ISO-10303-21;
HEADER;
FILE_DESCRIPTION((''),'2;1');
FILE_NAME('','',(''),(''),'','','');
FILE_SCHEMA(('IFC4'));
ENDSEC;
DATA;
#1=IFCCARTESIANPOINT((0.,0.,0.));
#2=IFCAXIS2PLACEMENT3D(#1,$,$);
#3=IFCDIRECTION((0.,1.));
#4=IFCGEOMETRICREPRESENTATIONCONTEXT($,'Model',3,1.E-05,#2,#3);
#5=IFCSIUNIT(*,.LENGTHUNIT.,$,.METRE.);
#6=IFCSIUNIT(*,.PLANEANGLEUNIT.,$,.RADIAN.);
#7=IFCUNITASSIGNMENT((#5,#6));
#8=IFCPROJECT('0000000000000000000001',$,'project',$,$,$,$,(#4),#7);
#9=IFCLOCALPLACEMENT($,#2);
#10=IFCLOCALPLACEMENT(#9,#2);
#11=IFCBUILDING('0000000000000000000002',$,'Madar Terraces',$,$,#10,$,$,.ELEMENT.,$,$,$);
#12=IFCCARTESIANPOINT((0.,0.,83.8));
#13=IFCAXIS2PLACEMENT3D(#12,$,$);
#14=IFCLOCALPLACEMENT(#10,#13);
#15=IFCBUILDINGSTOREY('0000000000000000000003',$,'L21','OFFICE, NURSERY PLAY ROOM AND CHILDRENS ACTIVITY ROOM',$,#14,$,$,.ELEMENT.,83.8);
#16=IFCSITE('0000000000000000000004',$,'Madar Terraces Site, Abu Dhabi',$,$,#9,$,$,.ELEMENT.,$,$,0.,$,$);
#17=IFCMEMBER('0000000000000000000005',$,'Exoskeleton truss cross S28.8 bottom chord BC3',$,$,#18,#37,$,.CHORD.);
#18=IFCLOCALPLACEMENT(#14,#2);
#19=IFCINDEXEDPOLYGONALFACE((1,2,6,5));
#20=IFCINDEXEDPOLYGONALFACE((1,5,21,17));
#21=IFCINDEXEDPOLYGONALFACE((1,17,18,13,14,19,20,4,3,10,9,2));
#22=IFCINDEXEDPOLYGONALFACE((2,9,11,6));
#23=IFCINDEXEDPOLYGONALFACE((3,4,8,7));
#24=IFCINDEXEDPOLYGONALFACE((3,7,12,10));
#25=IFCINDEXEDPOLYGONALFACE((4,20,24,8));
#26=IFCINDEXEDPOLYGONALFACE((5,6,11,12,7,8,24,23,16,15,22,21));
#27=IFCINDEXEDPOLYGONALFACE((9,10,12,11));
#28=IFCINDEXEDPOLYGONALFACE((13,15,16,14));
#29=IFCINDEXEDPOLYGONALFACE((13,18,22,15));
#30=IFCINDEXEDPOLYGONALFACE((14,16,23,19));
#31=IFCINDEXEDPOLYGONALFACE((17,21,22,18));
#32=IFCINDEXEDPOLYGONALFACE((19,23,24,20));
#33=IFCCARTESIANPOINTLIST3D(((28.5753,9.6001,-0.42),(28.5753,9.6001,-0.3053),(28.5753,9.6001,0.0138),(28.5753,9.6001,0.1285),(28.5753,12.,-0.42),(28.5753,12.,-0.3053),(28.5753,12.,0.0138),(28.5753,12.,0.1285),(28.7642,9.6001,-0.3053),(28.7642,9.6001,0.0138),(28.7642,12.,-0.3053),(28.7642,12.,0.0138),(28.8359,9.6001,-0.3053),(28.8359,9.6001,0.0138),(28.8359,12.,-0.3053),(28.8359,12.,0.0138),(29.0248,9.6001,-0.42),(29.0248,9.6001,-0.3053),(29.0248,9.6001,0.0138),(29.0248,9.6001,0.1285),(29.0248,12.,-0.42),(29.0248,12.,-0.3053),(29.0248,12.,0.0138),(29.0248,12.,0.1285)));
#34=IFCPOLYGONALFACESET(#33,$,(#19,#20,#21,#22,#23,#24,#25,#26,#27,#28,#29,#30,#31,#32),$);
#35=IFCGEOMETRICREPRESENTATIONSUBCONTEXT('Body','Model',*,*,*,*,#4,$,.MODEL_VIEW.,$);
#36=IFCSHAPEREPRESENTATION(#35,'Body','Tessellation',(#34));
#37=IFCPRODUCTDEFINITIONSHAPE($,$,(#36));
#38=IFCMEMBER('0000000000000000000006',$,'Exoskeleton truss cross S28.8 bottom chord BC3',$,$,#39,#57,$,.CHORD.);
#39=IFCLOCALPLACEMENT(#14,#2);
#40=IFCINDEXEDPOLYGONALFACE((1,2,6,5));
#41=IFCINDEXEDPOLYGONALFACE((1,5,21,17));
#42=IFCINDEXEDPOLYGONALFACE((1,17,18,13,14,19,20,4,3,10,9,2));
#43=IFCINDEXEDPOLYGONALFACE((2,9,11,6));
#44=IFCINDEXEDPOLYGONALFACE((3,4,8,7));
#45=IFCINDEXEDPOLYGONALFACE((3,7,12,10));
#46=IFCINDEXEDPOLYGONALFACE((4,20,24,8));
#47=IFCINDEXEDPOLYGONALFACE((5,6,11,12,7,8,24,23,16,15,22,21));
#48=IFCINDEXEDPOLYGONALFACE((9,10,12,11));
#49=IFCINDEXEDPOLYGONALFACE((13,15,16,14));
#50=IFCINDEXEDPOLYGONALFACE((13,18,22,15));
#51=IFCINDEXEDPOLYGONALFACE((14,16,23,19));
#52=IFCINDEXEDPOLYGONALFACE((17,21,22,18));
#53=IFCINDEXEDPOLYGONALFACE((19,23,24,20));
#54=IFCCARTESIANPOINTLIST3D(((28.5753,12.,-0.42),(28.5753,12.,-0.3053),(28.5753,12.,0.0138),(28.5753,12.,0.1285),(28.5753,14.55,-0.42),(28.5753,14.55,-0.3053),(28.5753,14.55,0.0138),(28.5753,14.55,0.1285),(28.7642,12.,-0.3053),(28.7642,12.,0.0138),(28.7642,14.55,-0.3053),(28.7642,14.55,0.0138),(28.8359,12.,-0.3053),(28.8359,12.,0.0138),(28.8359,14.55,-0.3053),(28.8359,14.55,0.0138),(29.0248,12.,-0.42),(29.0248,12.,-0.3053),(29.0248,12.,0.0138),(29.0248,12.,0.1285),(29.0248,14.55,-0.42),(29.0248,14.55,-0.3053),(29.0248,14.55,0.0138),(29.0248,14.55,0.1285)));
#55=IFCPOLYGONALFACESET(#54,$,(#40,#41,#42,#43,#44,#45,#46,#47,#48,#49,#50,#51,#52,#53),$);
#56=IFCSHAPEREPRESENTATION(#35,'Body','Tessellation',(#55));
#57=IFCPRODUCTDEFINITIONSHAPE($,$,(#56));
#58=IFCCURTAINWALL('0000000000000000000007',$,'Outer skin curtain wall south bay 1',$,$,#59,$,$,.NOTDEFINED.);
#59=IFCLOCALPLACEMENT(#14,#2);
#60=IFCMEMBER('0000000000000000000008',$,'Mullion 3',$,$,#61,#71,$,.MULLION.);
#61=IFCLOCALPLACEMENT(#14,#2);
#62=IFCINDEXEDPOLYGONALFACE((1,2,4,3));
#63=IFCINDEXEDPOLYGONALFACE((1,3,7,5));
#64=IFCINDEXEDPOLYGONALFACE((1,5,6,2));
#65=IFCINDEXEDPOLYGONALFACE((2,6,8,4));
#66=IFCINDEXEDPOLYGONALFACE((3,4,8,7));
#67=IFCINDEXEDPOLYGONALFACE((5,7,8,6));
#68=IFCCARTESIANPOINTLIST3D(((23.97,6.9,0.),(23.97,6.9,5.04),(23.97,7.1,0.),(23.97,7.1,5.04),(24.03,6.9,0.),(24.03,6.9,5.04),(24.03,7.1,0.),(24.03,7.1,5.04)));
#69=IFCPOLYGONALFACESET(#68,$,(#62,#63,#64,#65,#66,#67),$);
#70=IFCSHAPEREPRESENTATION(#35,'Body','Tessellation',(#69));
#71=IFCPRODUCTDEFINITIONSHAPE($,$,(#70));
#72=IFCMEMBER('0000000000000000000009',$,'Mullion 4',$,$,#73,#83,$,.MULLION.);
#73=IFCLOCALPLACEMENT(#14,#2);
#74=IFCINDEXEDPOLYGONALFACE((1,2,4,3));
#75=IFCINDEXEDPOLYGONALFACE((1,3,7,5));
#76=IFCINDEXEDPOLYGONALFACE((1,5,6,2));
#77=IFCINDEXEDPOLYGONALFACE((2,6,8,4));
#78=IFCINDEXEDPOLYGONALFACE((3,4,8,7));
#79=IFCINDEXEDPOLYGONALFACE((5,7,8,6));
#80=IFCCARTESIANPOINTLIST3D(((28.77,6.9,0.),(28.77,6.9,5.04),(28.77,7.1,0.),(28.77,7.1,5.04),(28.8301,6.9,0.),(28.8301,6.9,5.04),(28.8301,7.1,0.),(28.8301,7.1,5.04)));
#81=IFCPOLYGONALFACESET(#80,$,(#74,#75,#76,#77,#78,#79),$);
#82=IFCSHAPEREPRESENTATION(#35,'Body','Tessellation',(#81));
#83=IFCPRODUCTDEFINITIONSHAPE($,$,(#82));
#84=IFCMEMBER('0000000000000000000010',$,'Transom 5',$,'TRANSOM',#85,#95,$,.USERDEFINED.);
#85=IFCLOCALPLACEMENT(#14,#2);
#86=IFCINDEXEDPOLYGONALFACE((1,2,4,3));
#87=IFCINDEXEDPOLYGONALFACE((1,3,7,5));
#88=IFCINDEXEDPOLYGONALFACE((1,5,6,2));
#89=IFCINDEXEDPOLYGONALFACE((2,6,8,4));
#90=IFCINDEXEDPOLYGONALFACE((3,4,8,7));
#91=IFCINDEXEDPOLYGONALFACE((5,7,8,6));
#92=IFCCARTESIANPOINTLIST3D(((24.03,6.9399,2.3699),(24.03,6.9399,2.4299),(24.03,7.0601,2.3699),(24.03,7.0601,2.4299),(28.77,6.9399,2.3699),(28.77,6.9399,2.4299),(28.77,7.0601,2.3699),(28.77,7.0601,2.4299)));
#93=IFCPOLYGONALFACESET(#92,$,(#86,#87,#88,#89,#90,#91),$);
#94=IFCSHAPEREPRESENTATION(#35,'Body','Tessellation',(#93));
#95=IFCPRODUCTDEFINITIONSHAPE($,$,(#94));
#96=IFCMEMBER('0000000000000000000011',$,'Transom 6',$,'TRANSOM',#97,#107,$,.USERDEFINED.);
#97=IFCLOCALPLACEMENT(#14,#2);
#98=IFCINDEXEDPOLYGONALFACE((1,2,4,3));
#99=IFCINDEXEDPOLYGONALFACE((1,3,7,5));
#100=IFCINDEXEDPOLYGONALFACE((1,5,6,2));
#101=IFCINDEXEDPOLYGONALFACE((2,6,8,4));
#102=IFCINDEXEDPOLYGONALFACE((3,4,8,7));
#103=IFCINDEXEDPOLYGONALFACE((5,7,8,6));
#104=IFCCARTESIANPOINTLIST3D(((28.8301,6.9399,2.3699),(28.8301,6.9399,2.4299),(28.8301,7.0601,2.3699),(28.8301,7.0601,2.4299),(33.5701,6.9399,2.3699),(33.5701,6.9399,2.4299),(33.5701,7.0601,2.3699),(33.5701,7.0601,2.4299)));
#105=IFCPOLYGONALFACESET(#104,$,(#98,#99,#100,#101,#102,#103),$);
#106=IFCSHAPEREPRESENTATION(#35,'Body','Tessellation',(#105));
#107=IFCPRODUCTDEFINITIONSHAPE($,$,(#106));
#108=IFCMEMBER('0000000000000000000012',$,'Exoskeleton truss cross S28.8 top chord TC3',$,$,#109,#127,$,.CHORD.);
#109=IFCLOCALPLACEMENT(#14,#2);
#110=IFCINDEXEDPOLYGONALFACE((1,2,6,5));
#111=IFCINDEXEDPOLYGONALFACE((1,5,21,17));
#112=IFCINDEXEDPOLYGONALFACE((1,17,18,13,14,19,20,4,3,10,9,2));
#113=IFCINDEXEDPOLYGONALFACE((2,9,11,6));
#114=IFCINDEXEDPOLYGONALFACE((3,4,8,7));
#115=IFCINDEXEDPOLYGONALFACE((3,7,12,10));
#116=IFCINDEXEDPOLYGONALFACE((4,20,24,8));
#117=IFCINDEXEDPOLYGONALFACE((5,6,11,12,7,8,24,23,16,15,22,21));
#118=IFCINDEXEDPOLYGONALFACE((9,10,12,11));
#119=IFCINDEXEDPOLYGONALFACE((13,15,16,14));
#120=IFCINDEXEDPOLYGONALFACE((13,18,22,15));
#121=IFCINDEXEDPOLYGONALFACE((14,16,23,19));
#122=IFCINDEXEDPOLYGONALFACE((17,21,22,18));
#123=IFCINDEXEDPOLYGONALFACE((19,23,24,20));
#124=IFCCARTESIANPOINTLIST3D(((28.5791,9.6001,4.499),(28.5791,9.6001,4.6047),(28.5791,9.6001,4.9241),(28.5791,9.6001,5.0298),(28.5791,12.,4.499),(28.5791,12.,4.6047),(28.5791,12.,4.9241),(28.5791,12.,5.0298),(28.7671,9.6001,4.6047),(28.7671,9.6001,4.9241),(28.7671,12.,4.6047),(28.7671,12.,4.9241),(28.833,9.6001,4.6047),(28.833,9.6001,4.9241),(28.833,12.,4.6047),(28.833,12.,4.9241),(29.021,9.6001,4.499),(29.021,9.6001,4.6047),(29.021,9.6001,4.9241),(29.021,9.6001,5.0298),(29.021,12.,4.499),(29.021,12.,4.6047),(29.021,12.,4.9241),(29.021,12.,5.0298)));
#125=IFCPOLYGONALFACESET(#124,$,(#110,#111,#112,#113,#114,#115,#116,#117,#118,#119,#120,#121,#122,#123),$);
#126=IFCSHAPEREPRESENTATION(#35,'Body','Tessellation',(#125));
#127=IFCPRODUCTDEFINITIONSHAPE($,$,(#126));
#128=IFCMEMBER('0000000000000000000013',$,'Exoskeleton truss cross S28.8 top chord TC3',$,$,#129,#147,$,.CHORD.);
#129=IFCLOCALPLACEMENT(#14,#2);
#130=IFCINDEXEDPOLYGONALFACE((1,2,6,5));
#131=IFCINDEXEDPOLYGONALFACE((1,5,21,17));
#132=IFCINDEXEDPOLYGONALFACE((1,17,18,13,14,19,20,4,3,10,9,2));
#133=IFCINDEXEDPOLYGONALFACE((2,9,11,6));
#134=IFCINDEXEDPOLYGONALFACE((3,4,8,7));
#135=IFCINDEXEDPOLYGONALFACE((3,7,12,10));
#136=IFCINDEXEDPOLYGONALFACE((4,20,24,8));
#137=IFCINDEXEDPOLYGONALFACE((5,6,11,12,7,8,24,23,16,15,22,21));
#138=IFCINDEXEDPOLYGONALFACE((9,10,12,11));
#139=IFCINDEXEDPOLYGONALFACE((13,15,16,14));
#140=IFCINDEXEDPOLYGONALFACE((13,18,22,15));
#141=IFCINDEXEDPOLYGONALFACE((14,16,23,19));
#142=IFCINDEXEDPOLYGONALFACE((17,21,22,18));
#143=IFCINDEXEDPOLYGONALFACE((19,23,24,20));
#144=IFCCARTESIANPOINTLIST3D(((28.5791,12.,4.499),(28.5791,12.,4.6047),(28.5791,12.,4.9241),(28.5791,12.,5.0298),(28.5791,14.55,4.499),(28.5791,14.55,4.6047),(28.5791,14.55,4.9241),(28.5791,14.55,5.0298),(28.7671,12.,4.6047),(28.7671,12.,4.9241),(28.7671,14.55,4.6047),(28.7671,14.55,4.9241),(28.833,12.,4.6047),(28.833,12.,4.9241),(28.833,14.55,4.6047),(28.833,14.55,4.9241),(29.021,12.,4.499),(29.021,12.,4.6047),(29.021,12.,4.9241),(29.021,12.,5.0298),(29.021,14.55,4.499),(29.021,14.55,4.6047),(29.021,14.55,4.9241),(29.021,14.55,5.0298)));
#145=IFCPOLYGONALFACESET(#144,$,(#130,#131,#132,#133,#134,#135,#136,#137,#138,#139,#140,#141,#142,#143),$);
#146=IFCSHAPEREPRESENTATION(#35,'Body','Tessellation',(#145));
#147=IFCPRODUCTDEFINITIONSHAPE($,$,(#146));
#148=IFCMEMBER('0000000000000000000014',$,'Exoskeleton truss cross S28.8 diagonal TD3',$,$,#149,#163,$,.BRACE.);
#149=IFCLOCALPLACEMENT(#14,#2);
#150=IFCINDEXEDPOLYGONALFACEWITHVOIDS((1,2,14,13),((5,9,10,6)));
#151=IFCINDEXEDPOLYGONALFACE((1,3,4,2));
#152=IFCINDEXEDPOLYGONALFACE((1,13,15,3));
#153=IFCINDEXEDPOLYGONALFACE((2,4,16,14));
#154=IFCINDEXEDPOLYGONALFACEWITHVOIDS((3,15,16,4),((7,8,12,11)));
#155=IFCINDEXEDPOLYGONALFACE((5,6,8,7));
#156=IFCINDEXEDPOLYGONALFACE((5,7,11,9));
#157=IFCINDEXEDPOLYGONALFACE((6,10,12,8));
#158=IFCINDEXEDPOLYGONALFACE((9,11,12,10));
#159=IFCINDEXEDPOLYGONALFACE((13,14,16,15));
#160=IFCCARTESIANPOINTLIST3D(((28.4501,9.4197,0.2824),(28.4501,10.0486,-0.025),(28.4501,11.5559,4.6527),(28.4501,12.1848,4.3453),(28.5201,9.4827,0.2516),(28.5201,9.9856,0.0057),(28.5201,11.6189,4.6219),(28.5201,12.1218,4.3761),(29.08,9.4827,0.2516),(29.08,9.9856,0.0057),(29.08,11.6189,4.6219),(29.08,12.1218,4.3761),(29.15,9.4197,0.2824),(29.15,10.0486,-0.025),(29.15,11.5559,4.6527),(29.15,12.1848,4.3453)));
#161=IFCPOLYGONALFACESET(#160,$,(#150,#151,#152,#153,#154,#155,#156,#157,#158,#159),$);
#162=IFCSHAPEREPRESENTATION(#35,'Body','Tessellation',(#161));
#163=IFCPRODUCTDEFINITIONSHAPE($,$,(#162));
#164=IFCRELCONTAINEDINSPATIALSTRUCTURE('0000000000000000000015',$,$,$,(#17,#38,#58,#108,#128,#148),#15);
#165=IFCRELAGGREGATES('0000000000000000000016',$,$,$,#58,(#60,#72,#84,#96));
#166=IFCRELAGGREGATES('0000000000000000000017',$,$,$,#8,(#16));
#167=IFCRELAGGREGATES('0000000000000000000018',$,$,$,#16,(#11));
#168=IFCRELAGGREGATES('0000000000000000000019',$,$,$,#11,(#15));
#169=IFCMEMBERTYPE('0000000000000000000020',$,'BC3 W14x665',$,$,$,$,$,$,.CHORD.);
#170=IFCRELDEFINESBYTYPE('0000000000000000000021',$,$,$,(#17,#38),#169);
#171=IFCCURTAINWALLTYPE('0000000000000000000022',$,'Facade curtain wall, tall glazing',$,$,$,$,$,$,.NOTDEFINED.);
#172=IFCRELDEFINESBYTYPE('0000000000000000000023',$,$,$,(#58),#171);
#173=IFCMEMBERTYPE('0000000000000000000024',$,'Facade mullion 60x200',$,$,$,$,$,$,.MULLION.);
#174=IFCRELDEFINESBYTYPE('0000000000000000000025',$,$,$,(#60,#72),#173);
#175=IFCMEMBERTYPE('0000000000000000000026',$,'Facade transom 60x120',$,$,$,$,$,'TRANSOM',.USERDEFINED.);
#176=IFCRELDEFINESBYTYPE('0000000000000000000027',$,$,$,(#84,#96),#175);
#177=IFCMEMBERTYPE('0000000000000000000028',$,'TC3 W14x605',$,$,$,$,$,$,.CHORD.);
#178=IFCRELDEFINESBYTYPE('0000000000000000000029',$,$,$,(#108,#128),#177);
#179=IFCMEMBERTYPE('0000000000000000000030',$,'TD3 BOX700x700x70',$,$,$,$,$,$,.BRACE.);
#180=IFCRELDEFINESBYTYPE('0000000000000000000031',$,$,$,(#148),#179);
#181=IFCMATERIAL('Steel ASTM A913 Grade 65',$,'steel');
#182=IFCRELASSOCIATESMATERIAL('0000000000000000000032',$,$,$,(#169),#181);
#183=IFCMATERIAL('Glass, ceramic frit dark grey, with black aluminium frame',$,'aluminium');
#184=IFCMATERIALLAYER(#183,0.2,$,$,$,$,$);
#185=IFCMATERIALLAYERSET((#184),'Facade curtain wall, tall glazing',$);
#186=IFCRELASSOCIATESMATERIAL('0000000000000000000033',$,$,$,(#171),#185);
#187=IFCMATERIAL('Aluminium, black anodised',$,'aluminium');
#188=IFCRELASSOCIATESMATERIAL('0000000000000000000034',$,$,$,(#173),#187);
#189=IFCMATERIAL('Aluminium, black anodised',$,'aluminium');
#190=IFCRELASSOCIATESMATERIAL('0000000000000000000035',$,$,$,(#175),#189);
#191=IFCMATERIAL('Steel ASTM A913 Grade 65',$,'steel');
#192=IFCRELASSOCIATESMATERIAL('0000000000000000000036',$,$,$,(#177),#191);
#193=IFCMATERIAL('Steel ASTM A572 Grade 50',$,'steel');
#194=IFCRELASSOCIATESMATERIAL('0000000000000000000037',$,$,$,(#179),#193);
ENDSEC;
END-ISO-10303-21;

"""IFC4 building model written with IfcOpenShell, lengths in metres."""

from ifc_helpers import new_model, si_unit, direction, frame, origin, origin_2d, place, context, subcontext, project, spatial, rectangle, hollow_rectangle, i_section, extrude, material, layer, layer_set, material_profile, profile_set, type_object, element, aggregate, save


model = new_model("IFC4")

# Units and contexts
model_context = context("Model", 3, precision=1e-05, world=origin(), true_north=direction((0.0, 1.0)))
body_context = subcontext(model_context, "Body", "Model", "MODEL_VIEW")
ifc_project = project(units=[si_unit("LENGTHUNIT", "METRE"), si_unit("PLANEANGLEUNIT", "RADIAN")], contexts=[model_context])

# Site, building, storey
site_placement = place(None, origin())
site = spatial("IfcSite", under=ifc_project, at=site_placement, Name="Madar Terraces Site, Abu Dhabi", CompositionType="ELEMENT", RefElevation=0.0)
building_placement = place(site_placement, origin())
building = spatial("IfcBuilding", under=site, at=building_placement, Name="Madar Terraces", CompositionType="ELEMENT")
storey_placement = place(building_placement, frame((0.0, 0.0, 83.8)))
storey = spatial("IfcBuildingStorey", under=building, at=storey_placement, Name="L21", Description="OFFICE, NURSERY PLAY ROOM AND CHILDRENS ACTIVITY ROOM", CompositionType="ELEMENT", Elevation=83.8)

# Members
ifc_material_1 = material(Name="Steel ASTM A913 Grade 65", Category="steel")
ifc_material_profile_1 = material_profile(ifc_material_1, i_section(OverallWidth=0.4495, OverallDepth=0.5486, WebThickness=0.0718, FlangeThickness=0.1147, at=origin_2d()), Name="W14x665")
ifc_profile_set_1 = profile_set([ifc_material_profile_1], Name="Steel ASTM A913 Grade 65")
member_type_1 = type_object("IfcMemberType", Name="BC3 W14x665", PredefinedType="CHORD", material=ifc_profile_set_1)
member_1_placement = place(storey_placement, frame((28.8, 9.6001, -0.1458), z_axis=(0.0, 1.0, 0.0), x_axis=(-1.0, 0.0, 0.0)))
element("IfcMember", 1, at=member_1_placement, inside=storey, type_object=member_type_1, Name="Exoskeleton truss cross S28.8 bottom chord BC3", PredefinedType="CHORD", context=body_context, shape_type="SweptSolid", body=[
    extrude(i_section(OverallWidth=0.4495, OverallDepth=0.5486, WebThickness=0.0718, FlangeThickness=0.1147, at=origin_2d()), origin(), (0.0, 0.0, 1.0), 2.3999),
])
member_2_placement = place(storey_placement, frame((28.8, 12.0, -0.1458), z_axis=(0.0, 1.0, 0.0), x_axis=(-1.0, 0.0, 0.0)))
element("IfcMember", 2, at=member_2_placement, inside=storey, type_object=member_type_1, Name="Exoskeleton truss cross S28.8 bottom chord BC3", PredefinedType="CHORD", context=body_context, shape_type="SweptSolid", body=[
    extrude(i_section(OverallWidth=0.4495, OverallDepth=0.5486, WebThickness=0.0718, FlangeThickness=0.1147, at=origin_2d()), origin(), (0.0, 0.0, 1.0), 2.55),
])

# Curtain wall, members
ifc_material_2 = material(Name="Glass, ceramic frit dark grey, with black aluminium frame", Category="aluminium")
ifc_layer_1 = layer(ifc_material_2, 0.2)
ifc_layer_set_1 = layer_set([ifc_layer_1], Name="Facade curtain wall, tall glazing")
curtain_wall_type = type_object("IfcCurtainWallType", Name="Facade curtain wall, tall glazing", PredefinedType="NOTDEFINED", material=ifc_layer_set_1)
curtain_wall_placement = place(storey_placement, origin())
curtain_wall = element("IfcCurtainWall", 3, at=curtain_wall_placement, inside=storey, type_object=curtain_wall_type, Name="Outer skin curtain wall south bay 1", PredefinedType="NOTDEFINED")
ifc_material_3 = material(Name="Aluminium, black anodised", Category="aluminium")
ifc_material_profile_2 = material_profile(ifc_material_3, rectangle(XDim=0.2, YDim=0.0601, at=origin_2d()), Name="Facade mullion 60x200")
ifc_profile_set_2 = profile_set([ifc_material_profile_2], Name="Aluminium, black anodised")
member_type_2 = type_object("IfcMemberType", Name="Facade mullion 60x200", PredefinedType="MULLION", material=ifc_profile_set_2)
member_3_placement = place(storey_placement, frame((24.0, 7.0, 0.0), z_axis=(0.0, 0.0, 1.0), x_axis=(0.0, 1.0, 0.0)))
member_3 = element("IfcMember", 4, at=member_3_placement, type_object=member_type_2, Name="Mullion 3", PredefinedType="MULLION", context=body_context, shape_type="SweptSolid", body=[
    extrude(rectangle(XDim=0.2, YDim=0.0601, at=origin_2d()), origin(), (0.0, 0.0, 1.0), 5.04),
])
member_4_placement = place(storey_placement, frame((28.8, 7.0, 0.0), z_axis=(0.0, 0.0, 1.0), x_axis=(0.0, 1.0, 0.0)))
member_4 = element("IfcMember", 5, at=member_4_placement, type_object=member_type_2, Name="Mullion 4", PredefinedType="MULLION", context=body_context, shape_type="SweptSolid", body=[
    extrude(rectangle(XDim=0.2, YDim=0.0601, at=origin_2d()), origin(), (0.0, 0.0, 1.0), 5.04),
])
ifc_material_4 = material(Name="Aluminium, black anodised", Category="aluminium")
ifc_material_profile_3 = material_profile(ifc_material_4, rectangle(XDim=0.1201, YDim=0.0601, at=origin_2d()), Name="Facade transom 60x120")
ifc_profile_set_3 = profile_set([ifc_material_profile_3], Name="Aluminium, black anodised")
member_type_3 = type_object("IfcMemberType", Name="Facade transom 60x120", ElementType="TRANSOM", PredefinedType="USERDEFINED", material=ifc_profile_set_3)
member_5_placement = place(storey_placement, frame((24.03, 7.0, 2.3999), z_axis=(1.0, 0.0, 0.0), x_axis=(0.0, 1.0, 0.0)))
member_5 = element("IfcMember", 6, at=member_5_placement, type_object=member_type_3, Name="Transom 5", ObjectType="TRANSOM", PredefinedType="USERDEFINED", context=body_context, shape_type="SweptSolid", body=[
    extrude(rectangle(XDim=0.1201, YDim=0.0601, at=origin_2d()), origin(), (0.0, 0.0, 1.0), 4.74),
])
member_6_placement = place(storey_placement, frame((28.8301, 7.0, 2.3999), z_axis=(1.0, 0.0, 0.0), x_axis=(0.0, 1.0, 0.0)))
member_6 = element("IfcMember", 7, at=member_6_placement, type_object=member_type_3, Name="Transom 6", ObjectType="TRANSOM", PredefinedType="USERDEFINED", context=body_context, shape_type="SweptSolid", body=[
    extrude(rectangle(XDim=0.1201, YDim=0.0601, at=origin_2d()), origin(), (0.0, 0.0, 1.0), 4.74),
])

# Members
ifc_material_5 = material(Name="Steel ASTM A913 Grade 65", Category="steel")
ifc_material_profile_4 = material_profile(ifc_material_5, i_section(OverallWidth=0.4419, OverallDepth=0.5308, WebThickness=0.0659, FlangeThickness=0.1057, at=origin_2d()), Name="W14x605")
ifc_profile_set_4 = profile_set([ifc_material_profile_4], Name="Steel ASTM A913 Grade 65")
member_type_4 = type_object("IfcMemberType", Name="TC3 W14x605", PredefinedType="CHORD", material=ifc_profile_set_4)
member_7_placement = place(storey_placement, frame((28.8, 9.6001, 4.7644), z_axis=(0.0, 1.0, 0.0), x_axis=(-1.0, 0.0, 0.0)))
element("IfcMember", 8, at=member_7_placement, inside=storey, type_object=member_type_4, Name="Exoskeleton truss cross S28.8 top chord TC3", PredefinedType="CHORD", context=body_context, shape_type="SweptSolid", body=[
    extrude(i_section(OverallWidth=0.4419, OverallDepth=0.5308, WebThickness=0.0659, FlangeThickness=0.1057, at=origin_2d()), origin(), (0.0, 0.0, 1.0), 2.3999),
])
member_8_placement = place(storey_placement, frame((28.8, 12.0, 4.7644), z_axis=(0.0, 1.0, 0.0), x_axis=(-1.0, 0.0, 0.0)))
element("IfcMember", 9, at=member_8_placement, inside=storey, type_object=member_type_4, Name="Exoskeleton truss cross S28.8 top chord TC3", PredefinedType="CHORD", context=body_context, shape_type="SweptSolid", body=[
    extrude(i_section(OverallWidth=0.4419, OverallDepth=0.5308, WebThickness=0.0659, FlangeThickness=0.1057, at=origin_2d()), origin(), (0.0, 0.0, 1.0), 2.55),
])
ifc_material_6 = material(Name="Steel ASTM A572 Grade 50", Category="steel")
ifc_material_profile_5 = material_profile(ifc_material_6, hollow_rectangle(XDim=0.7, YDim=0.7, WallThickness=0.0701, at=origin_2d()), Name="BOX700x700x70")
ifc_profile_set_5 = profile_set([ifc_material_profile_5], Name="Steel ASTM A572 Grade 50")
member_type_5 = type_object("IfcMemberType", Name="TD3 BOX700x700x70", PredefinedType="BRACE", material=ifc_profile_set_5)
member_9_placement = place(storey_placement, frame((28.8, 9.7341, 0.1287), z_axis=(0.0, 0.439145, 0.898416), x_axis=(-1.0, 0.0, 0.0)))
element("IfcMember", 10, at=member_9_placement, inside=storey, type_object=member_type_5, Name="Exoskeleton truss cross S28.8 diagonal TD3", PredefinedType="BRACE", context=body_context, shape_type="SweptSolid", body=[
    extrude(hollow_rectangle(XDim=0.7, YDim=0.7, WallThickness=0.0701, at=origin_2d()), origin(), (0.0, 0.0, 1.0), 4.8645),
])

aggregate(curtain_wall, [member_3, member_4, member_5, member_6])

save(model, "model.ifc")
